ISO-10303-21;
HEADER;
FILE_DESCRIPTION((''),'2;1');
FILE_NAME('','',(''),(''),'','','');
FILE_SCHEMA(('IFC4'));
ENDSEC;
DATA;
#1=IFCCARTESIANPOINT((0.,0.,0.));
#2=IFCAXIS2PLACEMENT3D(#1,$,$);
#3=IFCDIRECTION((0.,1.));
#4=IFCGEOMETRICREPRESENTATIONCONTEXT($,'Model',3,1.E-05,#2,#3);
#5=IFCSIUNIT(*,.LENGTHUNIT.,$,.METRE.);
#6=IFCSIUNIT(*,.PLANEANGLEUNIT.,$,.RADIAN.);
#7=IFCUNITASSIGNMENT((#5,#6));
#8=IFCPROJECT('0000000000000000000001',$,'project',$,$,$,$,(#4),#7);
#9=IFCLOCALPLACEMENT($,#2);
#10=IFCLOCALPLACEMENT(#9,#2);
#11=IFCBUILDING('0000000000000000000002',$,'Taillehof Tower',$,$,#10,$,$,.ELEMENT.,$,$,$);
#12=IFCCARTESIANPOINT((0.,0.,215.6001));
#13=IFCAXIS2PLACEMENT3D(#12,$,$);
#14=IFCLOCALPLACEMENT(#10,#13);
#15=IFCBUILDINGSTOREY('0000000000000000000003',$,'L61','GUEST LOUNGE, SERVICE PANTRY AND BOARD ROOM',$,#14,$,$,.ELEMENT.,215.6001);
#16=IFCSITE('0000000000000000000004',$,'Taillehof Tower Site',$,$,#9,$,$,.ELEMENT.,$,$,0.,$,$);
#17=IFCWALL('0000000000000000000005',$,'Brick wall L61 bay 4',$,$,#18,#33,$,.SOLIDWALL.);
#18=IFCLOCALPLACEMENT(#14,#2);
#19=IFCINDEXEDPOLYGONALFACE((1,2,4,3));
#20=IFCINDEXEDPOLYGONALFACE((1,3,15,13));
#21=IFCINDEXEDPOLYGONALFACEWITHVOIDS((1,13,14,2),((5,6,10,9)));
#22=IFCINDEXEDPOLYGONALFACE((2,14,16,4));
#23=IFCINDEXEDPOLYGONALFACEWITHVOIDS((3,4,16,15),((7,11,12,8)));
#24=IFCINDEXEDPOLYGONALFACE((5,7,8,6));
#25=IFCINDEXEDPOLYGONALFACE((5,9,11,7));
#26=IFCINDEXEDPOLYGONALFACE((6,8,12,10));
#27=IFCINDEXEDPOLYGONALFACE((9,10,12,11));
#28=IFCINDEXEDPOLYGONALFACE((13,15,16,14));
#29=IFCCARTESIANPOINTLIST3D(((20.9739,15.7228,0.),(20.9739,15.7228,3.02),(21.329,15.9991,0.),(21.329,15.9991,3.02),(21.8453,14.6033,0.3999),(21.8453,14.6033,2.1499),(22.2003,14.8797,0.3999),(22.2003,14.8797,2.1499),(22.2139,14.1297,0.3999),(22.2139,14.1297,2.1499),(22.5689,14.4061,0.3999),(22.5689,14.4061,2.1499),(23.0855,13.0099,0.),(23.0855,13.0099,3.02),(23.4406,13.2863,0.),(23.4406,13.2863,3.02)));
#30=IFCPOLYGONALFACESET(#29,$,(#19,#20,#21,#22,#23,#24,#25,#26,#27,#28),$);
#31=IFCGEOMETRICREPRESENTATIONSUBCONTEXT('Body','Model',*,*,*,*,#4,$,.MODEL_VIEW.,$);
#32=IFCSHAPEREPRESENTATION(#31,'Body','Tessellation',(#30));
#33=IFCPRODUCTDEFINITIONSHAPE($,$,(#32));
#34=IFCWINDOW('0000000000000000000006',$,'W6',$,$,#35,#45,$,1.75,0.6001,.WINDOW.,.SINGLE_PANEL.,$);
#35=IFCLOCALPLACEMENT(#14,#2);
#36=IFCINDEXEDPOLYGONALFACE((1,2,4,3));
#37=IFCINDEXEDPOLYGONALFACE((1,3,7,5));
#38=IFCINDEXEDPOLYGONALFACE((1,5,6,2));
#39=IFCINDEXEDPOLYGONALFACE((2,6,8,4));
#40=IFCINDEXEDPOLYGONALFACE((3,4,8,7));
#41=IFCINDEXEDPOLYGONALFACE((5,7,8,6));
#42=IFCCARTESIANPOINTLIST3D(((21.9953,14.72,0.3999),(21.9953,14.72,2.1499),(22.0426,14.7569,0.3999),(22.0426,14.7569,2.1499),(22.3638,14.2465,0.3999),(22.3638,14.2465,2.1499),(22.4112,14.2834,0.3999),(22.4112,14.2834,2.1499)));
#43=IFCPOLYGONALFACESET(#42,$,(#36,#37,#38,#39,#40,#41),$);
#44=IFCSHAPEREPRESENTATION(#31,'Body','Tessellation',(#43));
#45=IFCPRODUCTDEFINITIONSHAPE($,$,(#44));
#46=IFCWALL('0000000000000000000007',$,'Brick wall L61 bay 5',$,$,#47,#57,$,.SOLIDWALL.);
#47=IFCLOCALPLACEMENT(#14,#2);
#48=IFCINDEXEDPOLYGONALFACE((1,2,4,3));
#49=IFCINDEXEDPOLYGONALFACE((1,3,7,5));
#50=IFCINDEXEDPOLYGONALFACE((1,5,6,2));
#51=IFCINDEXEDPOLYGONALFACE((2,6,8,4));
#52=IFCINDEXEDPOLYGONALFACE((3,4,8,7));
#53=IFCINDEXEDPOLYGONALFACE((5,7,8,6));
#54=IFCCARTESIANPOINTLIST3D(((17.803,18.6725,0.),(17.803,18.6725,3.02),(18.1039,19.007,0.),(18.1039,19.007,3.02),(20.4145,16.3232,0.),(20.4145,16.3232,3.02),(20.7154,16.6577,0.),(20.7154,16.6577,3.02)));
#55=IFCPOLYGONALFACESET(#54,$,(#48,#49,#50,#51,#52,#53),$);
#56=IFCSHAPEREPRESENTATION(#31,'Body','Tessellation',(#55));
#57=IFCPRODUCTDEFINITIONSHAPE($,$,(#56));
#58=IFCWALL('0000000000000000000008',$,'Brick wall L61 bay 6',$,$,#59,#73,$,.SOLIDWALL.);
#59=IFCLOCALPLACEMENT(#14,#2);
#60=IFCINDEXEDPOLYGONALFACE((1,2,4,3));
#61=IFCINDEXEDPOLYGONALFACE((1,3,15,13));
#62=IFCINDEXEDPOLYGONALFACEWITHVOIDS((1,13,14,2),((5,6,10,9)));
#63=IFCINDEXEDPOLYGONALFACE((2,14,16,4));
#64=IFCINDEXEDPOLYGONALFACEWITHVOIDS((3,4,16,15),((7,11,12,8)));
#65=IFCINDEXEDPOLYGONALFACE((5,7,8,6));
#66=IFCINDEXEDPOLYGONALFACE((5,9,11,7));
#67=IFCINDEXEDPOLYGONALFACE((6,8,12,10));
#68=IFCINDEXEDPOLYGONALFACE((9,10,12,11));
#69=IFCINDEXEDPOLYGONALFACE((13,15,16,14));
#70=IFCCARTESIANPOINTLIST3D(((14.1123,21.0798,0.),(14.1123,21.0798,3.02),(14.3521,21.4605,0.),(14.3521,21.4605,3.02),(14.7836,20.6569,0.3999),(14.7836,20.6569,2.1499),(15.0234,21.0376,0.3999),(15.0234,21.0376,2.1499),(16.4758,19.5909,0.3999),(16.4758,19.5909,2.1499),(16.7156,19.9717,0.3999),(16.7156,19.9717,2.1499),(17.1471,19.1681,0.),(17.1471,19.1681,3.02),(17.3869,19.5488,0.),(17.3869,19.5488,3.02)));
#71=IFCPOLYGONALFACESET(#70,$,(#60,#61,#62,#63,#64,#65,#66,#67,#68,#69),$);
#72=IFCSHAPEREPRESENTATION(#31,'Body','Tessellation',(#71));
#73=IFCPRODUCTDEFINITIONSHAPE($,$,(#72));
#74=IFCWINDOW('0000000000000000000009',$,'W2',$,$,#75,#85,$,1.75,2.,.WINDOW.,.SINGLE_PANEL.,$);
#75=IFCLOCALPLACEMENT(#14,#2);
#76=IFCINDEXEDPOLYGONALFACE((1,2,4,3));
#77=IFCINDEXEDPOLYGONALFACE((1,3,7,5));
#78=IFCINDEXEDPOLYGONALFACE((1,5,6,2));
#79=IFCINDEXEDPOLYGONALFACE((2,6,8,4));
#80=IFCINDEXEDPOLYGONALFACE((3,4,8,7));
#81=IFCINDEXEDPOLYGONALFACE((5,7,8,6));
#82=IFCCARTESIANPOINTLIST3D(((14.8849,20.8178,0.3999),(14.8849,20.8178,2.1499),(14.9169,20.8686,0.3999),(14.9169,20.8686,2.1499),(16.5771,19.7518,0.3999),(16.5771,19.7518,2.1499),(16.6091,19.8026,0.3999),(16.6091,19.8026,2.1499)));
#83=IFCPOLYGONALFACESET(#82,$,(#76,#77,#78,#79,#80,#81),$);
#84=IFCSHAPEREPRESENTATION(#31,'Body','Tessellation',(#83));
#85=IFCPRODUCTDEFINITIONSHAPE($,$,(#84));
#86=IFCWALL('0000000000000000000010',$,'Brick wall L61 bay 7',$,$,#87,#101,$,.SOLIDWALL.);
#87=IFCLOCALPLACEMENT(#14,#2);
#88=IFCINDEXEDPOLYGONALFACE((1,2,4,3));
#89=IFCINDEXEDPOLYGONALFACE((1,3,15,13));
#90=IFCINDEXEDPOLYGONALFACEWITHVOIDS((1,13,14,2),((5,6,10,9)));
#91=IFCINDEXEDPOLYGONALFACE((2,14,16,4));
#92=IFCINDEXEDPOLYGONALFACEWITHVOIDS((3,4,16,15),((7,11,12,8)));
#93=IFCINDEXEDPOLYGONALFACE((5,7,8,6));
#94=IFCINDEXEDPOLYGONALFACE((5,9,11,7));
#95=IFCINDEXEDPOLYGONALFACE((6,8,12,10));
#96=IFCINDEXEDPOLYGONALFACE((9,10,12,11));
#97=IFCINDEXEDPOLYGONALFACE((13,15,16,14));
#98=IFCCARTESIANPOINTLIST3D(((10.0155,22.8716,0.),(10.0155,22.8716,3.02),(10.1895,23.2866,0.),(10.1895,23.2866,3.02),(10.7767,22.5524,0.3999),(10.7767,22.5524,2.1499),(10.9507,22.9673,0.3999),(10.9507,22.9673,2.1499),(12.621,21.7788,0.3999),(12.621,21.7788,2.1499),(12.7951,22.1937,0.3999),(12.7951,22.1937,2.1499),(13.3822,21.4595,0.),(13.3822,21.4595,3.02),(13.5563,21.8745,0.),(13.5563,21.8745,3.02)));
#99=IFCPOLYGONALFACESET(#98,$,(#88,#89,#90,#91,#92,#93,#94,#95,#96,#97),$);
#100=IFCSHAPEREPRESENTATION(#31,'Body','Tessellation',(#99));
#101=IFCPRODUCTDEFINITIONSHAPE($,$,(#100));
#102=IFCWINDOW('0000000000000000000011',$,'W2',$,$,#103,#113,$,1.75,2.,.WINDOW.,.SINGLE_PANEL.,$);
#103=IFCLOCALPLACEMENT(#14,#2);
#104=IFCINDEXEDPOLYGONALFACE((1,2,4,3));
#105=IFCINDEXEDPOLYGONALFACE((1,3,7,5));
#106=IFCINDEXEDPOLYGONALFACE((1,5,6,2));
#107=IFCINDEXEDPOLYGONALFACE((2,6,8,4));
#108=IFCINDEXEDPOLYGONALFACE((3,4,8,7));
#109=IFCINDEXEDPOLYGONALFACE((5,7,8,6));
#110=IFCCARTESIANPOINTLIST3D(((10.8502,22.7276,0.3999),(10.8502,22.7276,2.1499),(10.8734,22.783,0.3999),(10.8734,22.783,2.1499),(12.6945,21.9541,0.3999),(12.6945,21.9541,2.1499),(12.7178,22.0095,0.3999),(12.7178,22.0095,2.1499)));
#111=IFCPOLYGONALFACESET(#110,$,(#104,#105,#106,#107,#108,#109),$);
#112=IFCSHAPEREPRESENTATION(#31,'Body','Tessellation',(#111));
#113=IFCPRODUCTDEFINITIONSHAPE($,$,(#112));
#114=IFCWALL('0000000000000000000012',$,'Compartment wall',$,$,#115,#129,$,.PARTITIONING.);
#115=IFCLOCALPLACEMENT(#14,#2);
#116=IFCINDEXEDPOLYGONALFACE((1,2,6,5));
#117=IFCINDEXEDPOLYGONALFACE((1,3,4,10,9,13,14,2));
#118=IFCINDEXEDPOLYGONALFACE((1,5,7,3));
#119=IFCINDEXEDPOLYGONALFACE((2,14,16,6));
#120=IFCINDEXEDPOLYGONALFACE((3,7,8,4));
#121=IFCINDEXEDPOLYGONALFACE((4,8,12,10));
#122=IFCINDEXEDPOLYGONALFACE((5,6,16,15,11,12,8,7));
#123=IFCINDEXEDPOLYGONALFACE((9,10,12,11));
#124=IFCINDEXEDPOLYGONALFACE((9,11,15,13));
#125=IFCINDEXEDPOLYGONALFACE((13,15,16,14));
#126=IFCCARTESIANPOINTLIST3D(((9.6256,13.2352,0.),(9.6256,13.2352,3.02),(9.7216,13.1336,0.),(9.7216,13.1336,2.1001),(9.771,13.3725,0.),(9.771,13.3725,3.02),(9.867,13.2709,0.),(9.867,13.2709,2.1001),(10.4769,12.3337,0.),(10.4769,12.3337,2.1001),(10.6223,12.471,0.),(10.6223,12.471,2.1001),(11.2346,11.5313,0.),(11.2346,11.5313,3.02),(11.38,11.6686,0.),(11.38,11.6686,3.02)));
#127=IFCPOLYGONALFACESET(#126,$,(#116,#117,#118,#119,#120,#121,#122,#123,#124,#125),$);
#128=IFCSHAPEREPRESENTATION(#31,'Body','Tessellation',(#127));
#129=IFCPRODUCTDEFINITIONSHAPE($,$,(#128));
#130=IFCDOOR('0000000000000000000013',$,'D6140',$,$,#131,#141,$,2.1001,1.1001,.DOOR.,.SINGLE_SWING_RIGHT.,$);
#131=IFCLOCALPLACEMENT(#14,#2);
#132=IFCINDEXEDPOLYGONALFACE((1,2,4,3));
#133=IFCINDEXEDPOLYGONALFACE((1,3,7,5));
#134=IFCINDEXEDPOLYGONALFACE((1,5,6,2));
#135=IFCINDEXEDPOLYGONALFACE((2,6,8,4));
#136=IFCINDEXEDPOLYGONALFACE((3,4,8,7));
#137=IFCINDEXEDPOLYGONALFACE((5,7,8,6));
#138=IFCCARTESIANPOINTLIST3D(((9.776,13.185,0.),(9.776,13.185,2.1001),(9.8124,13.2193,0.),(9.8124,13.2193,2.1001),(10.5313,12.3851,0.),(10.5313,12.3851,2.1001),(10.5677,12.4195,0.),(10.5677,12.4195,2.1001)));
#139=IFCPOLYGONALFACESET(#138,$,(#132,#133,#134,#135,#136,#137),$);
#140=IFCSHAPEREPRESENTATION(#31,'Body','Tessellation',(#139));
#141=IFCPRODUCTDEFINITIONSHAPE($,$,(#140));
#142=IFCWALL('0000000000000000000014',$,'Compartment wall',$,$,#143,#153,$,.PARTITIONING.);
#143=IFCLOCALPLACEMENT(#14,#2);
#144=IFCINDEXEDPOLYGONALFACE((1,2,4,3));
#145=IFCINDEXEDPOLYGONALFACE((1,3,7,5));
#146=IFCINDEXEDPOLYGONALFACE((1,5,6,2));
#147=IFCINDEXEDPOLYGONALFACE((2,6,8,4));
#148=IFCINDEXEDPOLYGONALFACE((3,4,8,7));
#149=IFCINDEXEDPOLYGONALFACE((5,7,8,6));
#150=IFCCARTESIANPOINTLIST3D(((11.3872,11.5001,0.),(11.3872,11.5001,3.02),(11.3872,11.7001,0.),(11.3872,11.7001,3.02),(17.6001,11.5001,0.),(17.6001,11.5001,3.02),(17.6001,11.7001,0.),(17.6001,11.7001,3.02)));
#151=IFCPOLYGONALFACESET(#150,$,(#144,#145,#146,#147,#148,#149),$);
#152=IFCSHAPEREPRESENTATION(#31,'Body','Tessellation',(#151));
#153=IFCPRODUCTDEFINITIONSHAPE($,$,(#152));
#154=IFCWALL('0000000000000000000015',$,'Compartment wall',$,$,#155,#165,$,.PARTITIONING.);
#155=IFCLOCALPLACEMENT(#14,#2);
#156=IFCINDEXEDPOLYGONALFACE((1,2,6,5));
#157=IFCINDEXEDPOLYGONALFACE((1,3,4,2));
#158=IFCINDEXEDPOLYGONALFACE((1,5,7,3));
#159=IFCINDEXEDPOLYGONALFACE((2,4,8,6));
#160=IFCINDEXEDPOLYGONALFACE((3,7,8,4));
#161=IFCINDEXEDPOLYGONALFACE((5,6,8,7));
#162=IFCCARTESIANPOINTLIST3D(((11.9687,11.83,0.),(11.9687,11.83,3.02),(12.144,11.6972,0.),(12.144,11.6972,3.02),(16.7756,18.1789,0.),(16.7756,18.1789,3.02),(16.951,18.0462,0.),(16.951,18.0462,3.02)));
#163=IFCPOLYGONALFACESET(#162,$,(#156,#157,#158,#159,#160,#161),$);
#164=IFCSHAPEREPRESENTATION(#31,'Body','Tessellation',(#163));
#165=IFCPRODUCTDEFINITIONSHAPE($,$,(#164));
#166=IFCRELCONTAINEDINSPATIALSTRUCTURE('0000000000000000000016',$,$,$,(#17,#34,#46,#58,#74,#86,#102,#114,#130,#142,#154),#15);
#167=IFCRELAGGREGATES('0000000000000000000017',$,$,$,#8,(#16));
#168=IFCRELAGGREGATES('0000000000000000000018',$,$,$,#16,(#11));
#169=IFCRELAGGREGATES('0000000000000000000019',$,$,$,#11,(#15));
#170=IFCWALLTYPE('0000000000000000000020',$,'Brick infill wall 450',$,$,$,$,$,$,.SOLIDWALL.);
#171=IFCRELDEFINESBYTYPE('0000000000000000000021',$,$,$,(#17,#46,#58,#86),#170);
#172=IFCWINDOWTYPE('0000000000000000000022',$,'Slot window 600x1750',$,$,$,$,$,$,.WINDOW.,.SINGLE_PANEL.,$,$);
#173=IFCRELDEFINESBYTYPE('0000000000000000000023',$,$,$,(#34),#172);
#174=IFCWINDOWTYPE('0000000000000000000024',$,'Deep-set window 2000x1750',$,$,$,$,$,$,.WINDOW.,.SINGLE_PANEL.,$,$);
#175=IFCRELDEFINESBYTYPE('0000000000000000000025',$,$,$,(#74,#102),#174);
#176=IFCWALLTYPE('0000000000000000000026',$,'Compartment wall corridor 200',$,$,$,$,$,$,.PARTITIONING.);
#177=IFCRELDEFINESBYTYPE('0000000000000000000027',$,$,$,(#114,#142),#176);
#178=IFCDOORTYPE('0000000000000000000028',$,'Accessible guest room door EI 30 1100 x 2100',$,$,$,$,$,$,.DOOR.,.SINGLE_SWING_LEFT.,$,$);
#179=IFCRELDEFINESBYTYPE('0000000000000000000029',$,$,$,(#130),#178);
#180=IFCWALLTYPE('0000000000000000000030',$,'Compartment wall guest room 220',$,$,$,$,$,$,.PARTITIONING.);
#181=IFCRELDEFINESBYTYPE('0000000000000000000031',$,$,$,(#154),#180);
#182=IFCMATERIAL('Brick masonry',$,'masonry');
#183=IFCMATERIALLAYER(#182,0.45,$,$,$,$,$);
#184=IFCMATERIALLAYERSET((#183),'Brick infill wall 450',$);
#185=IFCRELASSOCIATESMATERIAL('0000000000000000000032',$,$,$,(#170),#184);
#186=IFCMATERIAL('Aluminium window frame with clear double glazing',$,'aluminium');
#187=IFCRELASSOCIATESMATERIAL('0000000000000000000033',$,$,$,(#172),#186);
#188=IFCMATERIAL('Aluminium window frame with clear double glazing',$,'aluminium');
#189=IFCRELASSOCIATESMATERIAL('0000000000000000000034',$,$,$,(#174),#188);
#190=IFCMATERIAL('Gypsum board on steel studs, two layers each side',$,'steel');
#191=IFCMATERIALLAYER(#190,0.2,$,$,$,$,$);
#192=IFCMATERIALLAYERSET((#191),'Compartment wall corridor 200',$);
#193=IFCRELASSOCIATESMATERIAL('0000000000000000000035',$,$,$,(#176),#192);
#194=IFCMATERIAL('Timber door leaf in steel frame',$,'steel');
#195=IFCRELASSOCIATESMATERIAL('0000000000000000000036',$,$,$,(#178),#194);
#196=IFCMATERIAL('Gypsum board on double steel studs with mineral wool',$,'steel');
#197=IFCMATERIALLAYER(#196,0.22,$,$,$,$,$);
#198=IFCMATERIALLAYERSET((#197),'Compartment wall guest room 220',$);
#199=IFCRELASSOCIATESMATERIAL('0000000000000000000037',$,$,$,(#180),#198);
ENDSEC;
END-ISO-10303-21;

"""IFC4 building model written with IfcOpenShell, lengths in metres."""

from ifc_helpers import new_model, si_unit, direction, frame, frame_2d, origin, place, context, subcontext, project, spatial, rectangle, extrude, material, layer, layer_set, type_object, element, fill, save


model = new_model("IFC4")

# Units and contexts
model_context = context("Model", 3, precision=1e-05, world=origin(), true_north=direction((0.0, 1.0)))
body_context = subcontext(model_context, "Body", "Model", "MODEL_VIEW")
ifc_project = project(units=[si_unit("LENGTHUNIT", "METRE"), si_unit("PLANEANGLEUNIT", "RADIAN")], contexts=[model_context])

# Site, building, storey
site_placement = place(None, origin())
site = spatial("IfcSite", under=ifc_project, at=site_placement, Name="Taillehof Tower Site", CompositionType="ELEMENT", RefElevation=0.0)
building_placement = place(site_placement, origin())
building = spatial("IfcBuilding", under=site, at=building_placement, Name="Taillehof Tower", CompositionType="ELEMENT")
storey_placement = place(building_placement, frame((0.0, 0.0, 215.6001)))
storey = spatial("IfcBuildingStorey", under=building, at=storey_placement, Name="L61", Description="GUEST LOUNGE, SERVICE PANTRY AND BOARD ROOM", CompositionType="ELEMENT", Elevation=215.6001)

# Wall, opening, window
ifc_material_1 = material(Name="Brick masonry", Category="masonry")
ifc_layer_1 = layer(ifc_material_1, 0.45)
ifc_layer_set_1 = layer_set([ifc_layer_1], Name="Brick infill wall 450")
wall_type_1 = type_object("IfcWallType", Name="Brick infill wall 450", PredefinedType="SOLIDWALL", material=ifc_layer_set_1)
wall_1_placement = place(storey_placement, frame((23.2629, 13.1482, 0.0), z_axis=(0.0, 0.0, 1.0), x_axis=(-0.614221, 0.789134, 0.0)))
wall_1 = element("IfcWall", 1, at=wall_1_placement, inside=storey, type_object=wall_type_1, Name="Brick wall L61 bay 4", PredefinedType="SOLIDWALL", context=body_context, shape_type="SweptSolid", body=[
    extrude(rectangle(XDim=3.4377, YDim=0.45, at=frame_2d((1.7188, 0.0))), origin(), (0.0, 0.0, 1.0), 3.02),
])
opening_1_placement = place(wall_1_placement, frame((1.4189, 0.0, 0.3999)))
opening_1 = element("IfcOpeningElement", 2, at=opening_1_placement, cuts=wall_1, PredefinedType="OPENING", context=body_context, shape_type="SweptSolid", body=[
    extrude(rectangle(XDim=0.6001, YDim=1.75, at=frame_2d((0.3, 0.875))), frame((0.0, 0.2349, 0.0), z_axis=(0.0, -1.0, 0.0), x_axis=(1.0, 0.0, 0.0)), (0.0, 0.0, 1.0), 0.47),
])
ifc_material_2 = material(Name="Aluminium window frame with clear double glazing", Category="aluminium")
window_type_1 = type_object("IfcWindowType", Name="Slot window 600x1750", PartitioningType="SINGLE_PANEL", PredefinedType="WINDOW", material=ifc_material_2)
window_1_placement = place(opening_1_placement, origin())
window_1 = element("IfcWindow", 3, at=window_1_placement, inside=storey, type_object=window_type_1, Name="W6", OverallHeight=1.75, OverallWidth=0.6001, PartitioningType="SINGLE_PANEL", PredefinedType="WINDOW", context=body_context, shape_type="SweptSolid", body=[
    extrude(rectangle(XDim=0.6001, YDim=1.75, at=frame_2d((0.3, 0.875))), frame((0.0, 0.0349, 0.0), z_axis=(0.0, -1.0, 0.0), x_axis=(1.0, 0.0, 0.0)), (0.0, 0.0, 1.0), 0.0601),
])
fill(opening_1, window_1)

# Wall
wall_2_placement = place(storey_placement, frame((20.5649, 16.4905, 0.0), z_axis=(0.0, 0.0, 1.0), x_axis=(-0.743443, 0.6688, 0.0)))
element("IfcWall", 4, at=wall_2_placement, inside=storey, type_object=wall_type_1, Name="Brick wall L61 bay 5", PredefinedType="SOLIDWALL", context=body_context, shape_type="SweptSolid", body=[
    extrude(rectangle(XDim=3.5127, YDim=0.45, at=frame_2d((1.7563, 0.0))), origin(), (0.0, 0.0, 1.0), 3.02),
])

# Walls, openings, windows
wall_3_placement = place(storey_placement, frame((17.2671, 19.3584, 0.0), z_axis=(0.0, 0.0, 1.0), x_axis=(-0.846119, 0.532994, 0.0)))
wall_3 = element("IfcWall", 5, at=wall_3_placement, inside=storey, type_object=wall_type_1, Name="Brick wall L61 bay 6", PredefinedType="SOLIDWALL", context=body_context, shape_type="SweptSolid", body=[
    extrude(rectangle(XDim=3.5867, YDim=0.45, at=frame_2d((1.7935, 0.0))), origin(), (0.0, 0.0, 1.0), 3.02),
])
opening_2_placement = place(wall_3_placement, frame((0.7935, 0.0, 0.3999)))
opening_2 = element("IfcOpeningElement", 6, at=opening_2_placement, cuts=wall_3, PredefinedType="OPENING", context=body_context, shape_type="SweptSolid", body=[
    extrude(rectangle(XDim=2.0, YDim=1.75, at=frame_2d((1.0, 0.875))), frame((0.0, 0.2349, 0.0), z_axis=(0.0, -1.0, 0.0), x_axis=(1.0, 0.0, 0.0)), (0.0, 0.0, 1.0), 0.47),
])
ifc_material_3 = material(Name="Aluminium window frame with clear double glazing", Category="aluminium")
window_type_2 = type_object("IfcWindowType", Name="Deep-set window 2000x1750", PartitioningType="SINGLE_PANEL", PredefinedType="WINDOW", material=ifc_material_3)
window_2_placement = place(opening_2_placement, origin())
window_2 = element("IfcWindow", 7, at=window_2_placement, inside=storey, type_object=window_type_2, Name="W2", OverallHeight=1.75, OverallWidth=2.0, PartitioningType="SINGLE_PANEL", PredefinedType="WINDOW", context=body_context, shape_type="SweptSolid", body=[
    extrude(rectangle(XDim=2.0, YDim=1.75, at=frame_2d((1.0, 0.875))), frame((0.0, 0.0349, 0.0), z_axis=(0.0, -1.0, 0.0), x_axis=(1.0, 0.0, 0.0)), (0.0, 0.0, 1.0), 0.0601),
])
fill(opening_2, window_2)
wall_4_placement = place(storey_placement, frame((13.4692, 21.667, 0.0), z_axis=(0.0, 0.0, 1.0), x_axis=(-0.922168, 0.386789, 0.0)))
wall_4 = element("IfcWall", 8, at=wall_4_placement, inside=storey, type_object=wall_type_1, Name="Brick wall L61 bay 7", PredefinedType="SOLIDWALL", context=body_context, shape_type="SweptSolid", body=[
    extrude(rectangle(XDim=3.6509, YDim=0.45, at=frame_2d((1.8254, 0.0))), origin(), (0.0, 0.0, 1.0), 3.02),
])
opening_3_placement = place(wall_4_placement, frame((0.8254, 0.0, 0.3999)))
opening_3 = element("IfcOpeningElement", 9, at=opening_3_placement, cuts=wall_4, PredefinedType="OPENING", context=body_context, shape_type="SweptSolid", body=[
    extrude(rectangle(XDim=2.0, YDim=1.75, at=frame_2d((1.0, 0.875))), frame((0.0, 0.2349, 0.0), z_axis=(0.0, -1.0, 0.0), x_axis=(1.0, 0.0, 0.0)), (0.0, 0.0, 1.0), 0.47),
])
window_3_placement = place(opening_3_placement, origin())
window_3 = element("IfcWindow", 10, at=window_3_placement, inside=storey, type_object=window_type_2, Name="W2", OverallHeight=1.75, OverallWidth=2.0, PartitioningType="SINGLE_PANEL", PredefinedType="WINDOW", context=body_context, shape_type="SweptSolid", body=[
    extrude(rectangle(XDim=2.0, YDim=1.75, at=frame_2d((1.0, 0.875))), frame((0.0, 0.0349, 0.0), z_axis=(0.0, -1.0, 0.0), x_axis=(1.0, 0.0, 0.0)), (0.0, 0.0, 1.0), 0.0601),
])
fill(opening_3, window_3)

# Wall, opening, door
ifc_material_4 = material(Name="Gypsum board on steel studs, two layers each side", Category="steel")
ifc_layer_2 = layer(ifc_material_4, 0.2)
ifc_layer_set_2 = layer_set([ifc_layer_2], Name="Compartment wall corridor 200")
wall_type_2 = type_object("IfcWallType", Name="Compartment wall corridor 200", PredefinedType="PARTITIONING", material=ifc_layer_set_2)
wall_5_placement = place(storey_placement, frame((9.6982, 13.304, 0.0), z_axis=(0.0, 0.0, 1.0), x_axis=(0.686553, -0.72708, 0.0)))
wall_5 = element("IfcWall", 11, at=wall_5_placement, inside=storey, type_object=wall_type_2, Name="Compartment wall", PredefinedType="PARTITIONING", context=body_context, shape_type="SweptSolid", body=[
    extrude(rectangle(XDim=2.3435, YDim=0.2, at=frame_2d((1.1719, 0.0))), origin(), (0.0, 0.0, 1.0), 3.02),
])
opening_4_placement = place(wall_5_placement, frame((0.1399, 0.0, 0.0)))
opening_4 = element("IfcOpeningElement", 12, at=opening_4_placement, cuts=wall_5, PredefinedType="OPENING", context=body_context, shape_type="SweptSolid", body=[
    extrude(rectangle(XDim=1.1001, YDim=2.1001, at=frame_2d((0.55, 1.05))), frame((0.0, 0.1099, 0.0), z_axis=(0.0, -1.0, 0.0), x_axis=(1.0, 0.0, 0.0)), (0.0, 0.0, 1.0), 0.22),
])
ifc_material_5 = material(Name="Timber door leaf in steel frame", Category="steel")
door_type_1 = type_object("IfcDoorType", Name="Accessible guest room door EI 30 1100 x 2100", OperationType="SINGLE_SWING_LEFT", PredefinedType="DOOR", material=ifc_material_5)
door_1_placement = place(opening_4_placement, origin())
door_1 = element("IfcDoor", 13, at=door_1_placement, inside=storey, type_object=door_type_1, Name="D6140", OperationType="SINGLE_SWING_RIGHT", OverallHeight=2.1001, OverallWidth=1.1001, PredefinedType="DOOR", context=body_context, shape_type="SweptSolid", body=[
    extrude(rectangle(XDim=1.1001, YDim=2.1001, at=frame_2d((0.55, 1.05))), frame((0.0, 0.0249, 0.0), z_axis=(0.0, -1.0, 0.0), x_axis=(1.0, 0.0, 0.0)), (0.0, 0.0, 1.0), 0.05),
])
fill(opening_4, door_1)

# Walls
wall_6_placement = place(storey_placement, frame((11.3872, 11.6001, 0.0), z_axis=(0.0, 0.0, 1.0), x_axis=(1.0, 0.0, 0.0)))
element("IfcWall", 14, at=wall_6_placement, inside=storey, type_object=wall_type_2, Name="Compartment wall", PredefinedType="PARTITIONING", context=body_context, shape_type="SweptSolid", body=[
    extrude(rectangle(XDim=6.2129, YDim=0.2, at=frame_2d((3.1064, 0.0))), origin(), (0.0, 0.0, 1.0), 3.02),
])
ifc_material_6 = material(Name="Gypsum board on double steel studs with mineral wool", Category="steel")
ifc_layer_3 = layer(ifc_material_6, 0.22)
ifc_layer_set_3 = layer_set([ifc_layer_3], Name="Compartment wall guest room 220")
wall_type_3 = type_object("IfcWallType", Name="Compartment wall guest room 220", PredefinedType="PARTITIONING", material=ifc_layer_set_3)
wall_7_placement = place(storey_placement, frame((16.8633, 18.1125, 0.0), z_axis=(0.0, 0.0, 1.0), x_axis=(-0.603629, -0.797266, 0.0)))
element("IfcWall", 15, at=wall_7_placement, inside=storey, type_object=wall_type_3, Name="Compartment wall", PredefinedType="PARTITIONING", context=body_context, shape_type="SweptSolid", body=[
    extrude(rectangle(XDim=7.9634, YDim=0.22, at=frame_2d((3.9817, 0.0))), origin(), (0.0, 0.0, 1.0), 3.02),
])

save(model, "model.ifc")
